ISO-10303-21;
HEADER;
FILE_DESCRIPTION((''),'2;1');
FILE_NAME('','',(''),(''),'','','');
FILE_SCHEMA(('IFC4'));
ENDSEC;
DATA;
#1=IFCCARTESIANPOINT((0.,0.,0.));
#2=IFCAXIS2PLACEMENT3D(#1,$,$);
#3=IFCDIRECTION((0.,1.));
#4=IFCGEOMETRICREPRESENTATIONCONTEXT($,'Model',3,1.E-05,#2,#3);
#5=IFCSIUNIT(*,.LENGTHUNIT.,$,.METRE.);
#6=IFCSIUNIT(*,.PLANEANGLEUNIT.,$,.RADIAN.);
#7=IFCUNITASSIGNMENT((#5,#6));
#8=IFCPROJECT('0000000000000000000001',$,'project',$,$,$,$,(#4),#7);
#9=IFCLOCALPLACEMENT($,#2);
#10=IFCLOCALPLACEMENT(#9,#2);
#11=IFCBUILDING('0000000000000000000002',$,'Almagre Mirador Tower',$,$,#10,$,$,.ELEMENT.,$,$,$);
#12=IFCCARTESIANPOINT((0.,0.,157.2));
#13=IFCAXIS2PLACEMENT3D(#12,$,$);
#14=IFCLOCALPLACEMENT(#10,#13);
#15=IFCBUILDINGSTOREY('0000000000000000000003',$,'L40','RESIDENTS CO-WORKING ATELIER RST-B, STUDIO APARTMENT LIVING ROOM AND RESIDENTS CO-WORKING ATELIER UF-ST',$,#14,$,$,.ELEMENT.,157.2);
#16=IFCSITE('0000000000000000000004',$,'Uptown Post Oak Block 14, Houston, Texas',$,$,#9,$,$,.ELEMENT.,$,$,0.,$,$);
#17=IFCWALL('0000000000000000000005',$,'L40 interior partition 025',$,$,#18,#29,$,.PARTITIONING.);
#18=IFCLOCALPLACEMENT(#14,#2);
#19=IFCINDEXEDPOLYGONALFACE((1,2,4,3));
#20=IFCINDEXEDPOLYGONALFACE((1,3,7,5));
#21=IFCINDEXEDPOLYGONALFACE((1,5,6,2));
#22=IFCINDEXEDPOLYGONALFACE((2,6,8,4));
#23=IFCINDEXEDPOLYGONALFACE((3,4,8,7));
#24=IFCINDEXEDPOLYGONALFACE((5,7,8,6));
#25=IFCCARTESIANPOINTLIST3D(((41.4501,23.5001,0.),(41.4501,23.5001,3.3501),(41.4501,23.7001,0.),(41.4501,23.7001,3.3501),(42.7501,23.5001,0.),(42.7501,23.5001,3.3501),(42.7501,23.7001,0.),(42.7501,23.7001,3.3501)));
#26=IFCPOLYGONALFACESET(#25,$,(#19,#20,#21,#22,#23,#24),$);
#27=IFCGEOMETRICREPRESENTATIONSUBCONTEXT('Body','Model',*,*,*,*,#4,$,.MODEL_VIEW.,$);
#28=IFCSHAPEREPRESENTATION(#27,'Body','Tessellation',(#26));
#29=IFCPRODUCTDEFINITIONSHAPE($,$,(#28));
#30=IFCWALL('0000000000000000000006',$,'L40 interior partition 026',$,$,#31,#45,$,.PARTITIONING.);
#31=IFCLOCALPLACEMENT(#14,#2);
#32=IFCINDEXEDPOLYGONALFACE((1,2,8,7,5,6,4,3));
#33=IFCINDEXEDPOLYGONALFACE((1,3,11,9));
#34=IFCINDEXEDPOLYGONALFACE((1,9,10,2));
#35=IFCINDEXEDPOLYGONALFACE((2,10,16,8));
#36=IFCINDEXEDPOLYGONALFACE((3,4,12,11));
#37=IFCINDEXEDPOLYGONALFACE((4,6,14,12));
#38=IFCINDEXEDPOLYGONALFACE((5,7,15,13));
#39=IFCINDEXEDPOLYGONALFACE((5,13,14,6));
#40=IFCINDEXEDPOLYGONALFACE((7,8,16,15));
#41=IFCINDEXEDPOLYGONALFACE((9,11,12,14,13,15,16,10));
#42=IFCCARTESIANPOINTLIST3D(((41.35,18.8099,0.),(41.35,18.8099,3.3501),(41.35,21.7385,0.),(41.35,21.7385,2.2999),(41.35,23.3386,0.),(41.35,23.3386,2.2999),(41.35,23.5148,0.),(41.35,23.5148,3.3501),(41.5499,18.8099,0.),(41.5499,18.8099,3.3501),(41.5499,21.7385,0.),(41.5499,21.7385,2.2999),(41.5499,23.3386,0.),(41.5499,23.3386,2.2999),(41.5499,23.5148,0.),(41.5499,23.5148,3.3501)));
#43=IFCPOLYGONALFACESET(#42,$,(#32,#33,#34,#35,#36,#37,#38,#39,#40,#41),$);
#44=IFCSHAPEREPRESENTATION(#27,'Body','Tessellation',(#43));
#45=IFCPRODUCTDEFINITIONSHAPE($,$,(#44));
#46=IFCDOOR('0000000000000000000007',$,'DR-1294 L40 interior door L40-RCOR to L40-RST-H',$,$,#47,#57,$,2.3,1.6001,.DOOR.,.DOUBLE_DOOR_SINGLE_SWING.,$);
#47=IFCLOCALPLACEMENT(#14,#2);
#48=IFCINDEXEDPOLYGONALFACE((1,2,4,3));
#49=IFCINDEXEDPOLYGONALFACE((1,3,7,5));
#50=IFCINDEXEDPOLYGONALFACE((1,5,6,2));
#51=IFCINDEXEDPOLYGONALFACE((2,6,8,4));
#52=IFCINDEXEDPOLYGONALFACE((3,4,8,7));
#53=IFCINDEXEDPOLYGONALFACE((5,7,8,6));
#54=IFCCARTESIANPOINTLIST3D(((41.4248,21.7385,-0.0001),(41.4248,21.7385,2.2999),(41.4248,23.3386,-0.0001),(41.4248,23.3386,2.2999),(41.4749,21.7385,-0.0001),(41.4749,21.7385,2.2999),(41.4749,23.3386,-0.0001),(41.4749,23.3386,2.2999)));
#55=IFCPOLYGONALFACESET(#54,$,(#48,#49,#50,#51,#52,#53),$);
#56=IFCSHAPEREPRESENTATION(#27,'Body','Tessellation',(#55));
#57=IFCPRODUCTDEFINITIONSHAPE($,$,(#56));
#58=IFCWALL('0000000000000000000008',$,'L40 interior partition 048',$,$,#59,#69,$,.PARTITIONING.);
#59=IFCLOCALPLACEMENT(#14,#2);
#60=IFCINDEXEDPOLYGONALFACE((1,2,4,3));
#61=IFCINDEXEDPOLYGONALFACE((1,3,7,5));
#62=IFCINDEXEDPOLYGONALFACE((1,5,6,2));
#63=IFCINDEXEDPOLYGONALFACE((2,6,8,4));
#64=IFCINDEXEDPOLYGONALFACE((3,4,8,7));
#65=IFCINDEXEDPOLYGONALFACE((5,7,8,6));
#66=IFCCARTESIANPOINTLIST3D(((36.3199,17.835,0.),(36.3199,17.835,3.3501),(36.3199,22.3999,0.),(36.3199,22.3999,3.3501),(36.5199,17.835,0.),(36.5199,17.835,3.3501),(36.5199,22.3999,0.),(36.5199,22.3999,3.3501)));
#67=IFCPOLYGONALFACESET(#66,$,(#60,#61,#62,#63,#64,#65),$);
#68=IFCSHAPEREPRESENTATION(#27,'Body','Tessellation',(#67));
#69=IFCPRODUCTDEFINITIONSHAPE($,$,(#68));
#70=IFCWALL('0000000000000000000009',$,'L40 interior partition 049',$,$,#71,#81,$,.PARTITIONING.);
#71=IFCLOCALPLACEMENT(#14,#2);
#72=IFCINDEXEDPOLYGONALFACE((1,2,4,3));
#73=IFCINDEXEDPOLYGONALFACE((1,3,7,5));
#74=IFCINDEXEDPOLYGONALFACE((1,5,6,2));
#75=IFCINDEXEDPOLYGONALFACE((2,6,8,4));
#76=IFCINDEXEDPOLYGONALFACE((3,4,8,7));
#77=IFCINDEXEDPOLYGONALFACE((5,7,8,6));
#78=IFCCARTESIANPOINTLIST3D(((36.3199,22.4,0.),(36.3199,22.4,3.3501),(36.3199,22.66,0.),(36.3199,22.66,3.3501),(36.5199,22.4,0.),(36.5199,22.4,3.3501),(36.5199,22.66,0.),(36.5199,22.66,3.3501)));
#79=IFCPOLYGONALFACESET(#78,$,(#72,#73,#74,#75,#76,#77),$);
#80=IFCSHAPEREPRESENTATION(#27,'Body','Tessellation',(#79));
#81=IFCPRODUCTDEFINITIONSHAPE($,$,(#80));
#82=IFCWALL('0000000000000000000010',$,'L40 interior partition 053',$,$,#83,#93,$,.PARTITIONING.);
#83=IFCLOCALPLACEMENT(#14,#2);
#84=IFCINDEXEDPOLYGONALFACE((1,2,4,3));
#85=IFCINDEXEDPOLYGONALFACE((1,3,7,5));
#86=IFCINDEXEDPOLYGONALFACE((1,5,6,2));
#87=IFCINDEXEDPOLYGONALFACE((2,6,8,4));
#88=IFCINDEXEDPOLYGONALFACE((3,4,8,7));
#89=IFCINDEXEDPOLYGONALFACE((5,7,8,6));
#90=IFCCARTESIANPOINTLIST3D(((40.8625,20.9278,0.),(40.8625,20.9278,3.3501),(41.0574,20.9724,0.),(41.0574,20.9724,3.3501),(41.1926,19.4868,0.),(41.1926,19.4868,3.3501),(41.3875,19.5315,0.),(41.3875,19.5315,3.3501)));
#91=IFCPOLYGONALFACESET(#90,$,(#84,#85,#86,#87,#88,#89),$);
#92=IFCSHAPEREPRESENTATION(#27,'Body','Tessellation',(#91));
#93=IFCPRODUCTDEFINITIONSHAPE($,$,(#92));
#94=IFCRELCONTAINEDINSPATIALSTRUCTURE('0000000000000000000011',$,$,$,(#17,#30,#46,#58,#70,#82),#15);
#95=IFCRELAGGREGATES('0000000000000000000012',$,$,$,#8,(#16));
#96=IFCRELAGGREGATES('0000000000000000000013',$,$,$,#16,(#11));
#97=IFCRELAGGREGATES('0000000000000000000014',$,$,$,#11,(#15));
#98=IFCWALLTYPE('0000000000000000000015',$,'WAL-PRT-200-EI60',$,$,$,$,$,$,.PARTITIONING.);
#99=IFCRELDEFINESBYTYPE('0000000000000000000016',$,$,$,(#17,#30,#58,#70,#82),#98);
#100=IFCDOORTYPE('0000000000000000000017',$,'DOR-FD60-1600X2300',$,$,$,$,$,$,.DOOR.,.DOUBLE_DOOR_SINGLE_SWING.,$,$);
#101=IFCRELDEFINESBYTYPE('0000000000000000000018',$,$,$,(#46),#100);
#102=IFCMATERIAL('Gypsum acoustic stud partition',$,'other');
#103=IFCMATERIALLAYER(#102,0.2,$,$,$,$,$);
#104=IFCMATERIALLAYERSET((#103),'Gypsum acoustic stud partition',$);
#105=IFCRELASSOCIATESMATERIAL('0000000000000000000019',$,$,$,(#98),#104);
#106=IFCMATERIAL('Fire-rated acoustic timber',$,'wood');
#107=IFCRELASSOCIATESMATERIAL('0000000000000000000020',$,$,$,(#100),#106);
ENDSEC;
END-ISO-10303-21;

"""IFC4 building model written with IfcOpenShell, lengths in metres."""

from ifc_helpers import new_model, si_unit, direction, frame, frame_2d, origin, place, context, subcontext, project, spatial, rectangle, extrude, material, layer, layer_set, type_object, element, fill, save


model = new_model("IFC4")

# Units and contexts
model_context = context("Model", 3, precision=1e-05, world=origin(), true_north=direction((0.0, 1.0)))
body_context = subcontext(model_context, "Body", "Model", "MODEL_VIEW")
ifc_project = project(units=[si_unit("LENGTHUNIT", "METRE"), si_unit("PLANEANGLEUNIT", "RADIAN")], contexts=[model_context])

# Site, building, storey
site_placement = place(None, origin())
site = spatial("IfcSite", under=ifc_project, at=site_placement, Name="Uptown Post Oak Block 14, Houston, Texas", CompositionType="ELEMENT", RefElevation=0.0)
building_placement = place(site_placement, origin())
building = spatial("IfcBuilding", under=site, at=building_placement, Name="Almagre Mirador Tower", CompositionType="ELEMENT")
storey_placement = place(building_placement, frame((0.0, 0.0, 157.2)))
storey = spatial("IfcBuildingStorey", under=building, at=storey_placement, Name="L40", Description="RESIDENTS CO-WORKING ATELIER RST-B, STUDIO APARTMENT LIVING ROOM AND RESIDENTS CO-WORKING ATELIER UF-ST", CompositionType="ELEMENT", Elevation=157.2)

# Shared definitions
ifc_material_1 = material(Name="Gypsum acoustic stud partition", Category="other")
ifc_layer_1 = layer(ifc_material_1, 0.2)
ifc_layer_set_1 = layer_set([ifc_layer_1], Name="Gypsum acoustic stud partition")
wall_type_1 = type_object("IfcWallType", Name="WAL-PRT-200-EI60", PredefinedType="PARTITIONING", material=ifc_layer_set_1)

# Wall
wall_1_placement = place(storey_placement, frame((42.75, 23.6001, 0.0), z_axis=(0.0, 0.0, 1.0), x_axis=(-1.0, 0.0, 0.0)))
element("IfcWall", 1, at=wall_1_placement, inside=storey, type_object=wall_type_1, Name="L40 interior partition 025", PredefinedType="PARTITIONING", context=body_context, shape_type="SweptSolid", body=[
    extrude(rectangle(XDim=1.3, YDim=0.2, at=frame_2d((0.6499, 0.0))), origin(), (0.0, 0.0, 1.0), 3.3501),
])

# Wall, opening, door
wall_2_placement = place(storey_placement, frame((41.45, 23.5149, 0.0), z_axis=(0.0, 0.0, 1.0), x_axis=(0.0, -1.0, 0.0)))
wall_2 = element("IfcWall", 2, at=wall_2_placement, inside=storey, type_object=wall_type_1, Name="L40 interior partition 026", PredefinedType="PARTITIONING", context=body_context, shape_type="SweptSolid", body=[
    extrude(rectangle(XDim=4.7048, YDim=0.2, at=frame_2d((2.3525, 0.0))), origin(), (0.0, 0.0, 1.0), 3.3501),
])
opening_1_placement = place(wall_2_placement, frame((0.1763, 0.0, 0.0)))
opening_1 = element("IfcOpeningElement", 3, at=opening_1_placement, cuts=wall_2, PredefinedType="OPENING", context=body_context, shape_type="SweptSolid", body=[
    extrude(rectangle(XDim=1.6001, YDim=2.3, at=frame_2d((0.8, 1.1499))), frame((0.0, 0.1101, 0.0), z_axis=(0.0, -1.0, 0.0), x_axis=(1.0, 0.0, 0.0)), (0.0, 0.0, 1.0), 0.22),
])
ifc_material_2 = material(Name="Fire-rated acoustic timber", Category="wood")
door_type_1 = type_object("IfcDoorType", Name="DOR-FD60-1600X2300", OperationType="DOUBLE_DOOR_SINGLE_SWING", PredefinedType="DOOR", material=ifc_material_2)
door_1_placement = place(opening_1_placement, origin())
door_1 = element("IfcDoor", 4, at=door_1_placement, inside=storey, type_object=door_type_1, Name="DR-1294 L40 interior door L40-RCOR to L40-RST-H", OperationType="DOUBLE_DOOR_SINGLE_SWING", OverallHeight=2.3, OverallWidth=1.6001, PredefinedType="DOOR", context=body_context, shape_type="SweptSolid", body=[
    extrude(rectangle(XDim=1.6001, YDim=2.3, at=frame_2d((0.8, 1.1499))), frame((0.0, 0.0249, 0.0), z_axis=(0.0, -1.0, 0.0), x_axis=(1.0, 0.0, 0.0)), (0.0, 0.0, 1.0), 0.05),
])
fill(opening_1, door_1)

# Walls
wall_3_placement = place(storey_placement, frame((36.4199, 22.3999, 0.0), z_axis=(0.0, 0.0, 1.0), x_axis=(0.0, -1.0, 0.0)))
element("IfcWall", 5, at=wall_3_placement, inside=storey, type_object=wall_type_1, Name="L40 interior partition 048", PredefinedType="PARTITIONING", context=body_context, shape_type="SweptSolid", body=[
    extrude(rectangle(XDim=4.5649, YDim=0.2, at=frame_2d((2.2825, 0.0))), origin(), (0.0, 0.0, 1.0), 3.3501),
])
wall_4_placement = place(storey_placement, frame((36.4199, 22.6599, 0.0), z_axis=(0.0, 0.0, 1.0), x_axis=(0.0, -1.0, 0.0)))
element("IfcWall", 6, at=wall_4_placement, inside=storey, type_object=wall_type_1, Name="L40 interior partition 049", PredefinedType="PARTITIONING", context=body_context, shape_type="SweptSolid", body=[
    extrude(rectangle(XDim=0.26, YDim=0.2, at=frame_2d((0.1299, 0.0))), origin(), (0.0, 0.0, 1.0), 3.3501),
])
wall_5_placement = place(storey_placement, frame((41.29, 19.509, 0.0), z_axis=(0.0, 0.0, 1.0), x_axis=(-0.223291, 0.974752, 0.0)))
element("IfcWall", 7, at=wall_5_placement, inside=storey, type_object=wall_type_1, Name="L40 interior partition 053", PredefinedType="PARTITIONING", context=body_context, shape_type="SweptSolid", body=[
    extrude(rectangle(XDim=1.4783, YDim=0.2, at=frame_2d((0.7393, 0.0))), origin(), (0.0, 0.0, 1.0), 3.3501),
])

save(model, "model.ifc")
